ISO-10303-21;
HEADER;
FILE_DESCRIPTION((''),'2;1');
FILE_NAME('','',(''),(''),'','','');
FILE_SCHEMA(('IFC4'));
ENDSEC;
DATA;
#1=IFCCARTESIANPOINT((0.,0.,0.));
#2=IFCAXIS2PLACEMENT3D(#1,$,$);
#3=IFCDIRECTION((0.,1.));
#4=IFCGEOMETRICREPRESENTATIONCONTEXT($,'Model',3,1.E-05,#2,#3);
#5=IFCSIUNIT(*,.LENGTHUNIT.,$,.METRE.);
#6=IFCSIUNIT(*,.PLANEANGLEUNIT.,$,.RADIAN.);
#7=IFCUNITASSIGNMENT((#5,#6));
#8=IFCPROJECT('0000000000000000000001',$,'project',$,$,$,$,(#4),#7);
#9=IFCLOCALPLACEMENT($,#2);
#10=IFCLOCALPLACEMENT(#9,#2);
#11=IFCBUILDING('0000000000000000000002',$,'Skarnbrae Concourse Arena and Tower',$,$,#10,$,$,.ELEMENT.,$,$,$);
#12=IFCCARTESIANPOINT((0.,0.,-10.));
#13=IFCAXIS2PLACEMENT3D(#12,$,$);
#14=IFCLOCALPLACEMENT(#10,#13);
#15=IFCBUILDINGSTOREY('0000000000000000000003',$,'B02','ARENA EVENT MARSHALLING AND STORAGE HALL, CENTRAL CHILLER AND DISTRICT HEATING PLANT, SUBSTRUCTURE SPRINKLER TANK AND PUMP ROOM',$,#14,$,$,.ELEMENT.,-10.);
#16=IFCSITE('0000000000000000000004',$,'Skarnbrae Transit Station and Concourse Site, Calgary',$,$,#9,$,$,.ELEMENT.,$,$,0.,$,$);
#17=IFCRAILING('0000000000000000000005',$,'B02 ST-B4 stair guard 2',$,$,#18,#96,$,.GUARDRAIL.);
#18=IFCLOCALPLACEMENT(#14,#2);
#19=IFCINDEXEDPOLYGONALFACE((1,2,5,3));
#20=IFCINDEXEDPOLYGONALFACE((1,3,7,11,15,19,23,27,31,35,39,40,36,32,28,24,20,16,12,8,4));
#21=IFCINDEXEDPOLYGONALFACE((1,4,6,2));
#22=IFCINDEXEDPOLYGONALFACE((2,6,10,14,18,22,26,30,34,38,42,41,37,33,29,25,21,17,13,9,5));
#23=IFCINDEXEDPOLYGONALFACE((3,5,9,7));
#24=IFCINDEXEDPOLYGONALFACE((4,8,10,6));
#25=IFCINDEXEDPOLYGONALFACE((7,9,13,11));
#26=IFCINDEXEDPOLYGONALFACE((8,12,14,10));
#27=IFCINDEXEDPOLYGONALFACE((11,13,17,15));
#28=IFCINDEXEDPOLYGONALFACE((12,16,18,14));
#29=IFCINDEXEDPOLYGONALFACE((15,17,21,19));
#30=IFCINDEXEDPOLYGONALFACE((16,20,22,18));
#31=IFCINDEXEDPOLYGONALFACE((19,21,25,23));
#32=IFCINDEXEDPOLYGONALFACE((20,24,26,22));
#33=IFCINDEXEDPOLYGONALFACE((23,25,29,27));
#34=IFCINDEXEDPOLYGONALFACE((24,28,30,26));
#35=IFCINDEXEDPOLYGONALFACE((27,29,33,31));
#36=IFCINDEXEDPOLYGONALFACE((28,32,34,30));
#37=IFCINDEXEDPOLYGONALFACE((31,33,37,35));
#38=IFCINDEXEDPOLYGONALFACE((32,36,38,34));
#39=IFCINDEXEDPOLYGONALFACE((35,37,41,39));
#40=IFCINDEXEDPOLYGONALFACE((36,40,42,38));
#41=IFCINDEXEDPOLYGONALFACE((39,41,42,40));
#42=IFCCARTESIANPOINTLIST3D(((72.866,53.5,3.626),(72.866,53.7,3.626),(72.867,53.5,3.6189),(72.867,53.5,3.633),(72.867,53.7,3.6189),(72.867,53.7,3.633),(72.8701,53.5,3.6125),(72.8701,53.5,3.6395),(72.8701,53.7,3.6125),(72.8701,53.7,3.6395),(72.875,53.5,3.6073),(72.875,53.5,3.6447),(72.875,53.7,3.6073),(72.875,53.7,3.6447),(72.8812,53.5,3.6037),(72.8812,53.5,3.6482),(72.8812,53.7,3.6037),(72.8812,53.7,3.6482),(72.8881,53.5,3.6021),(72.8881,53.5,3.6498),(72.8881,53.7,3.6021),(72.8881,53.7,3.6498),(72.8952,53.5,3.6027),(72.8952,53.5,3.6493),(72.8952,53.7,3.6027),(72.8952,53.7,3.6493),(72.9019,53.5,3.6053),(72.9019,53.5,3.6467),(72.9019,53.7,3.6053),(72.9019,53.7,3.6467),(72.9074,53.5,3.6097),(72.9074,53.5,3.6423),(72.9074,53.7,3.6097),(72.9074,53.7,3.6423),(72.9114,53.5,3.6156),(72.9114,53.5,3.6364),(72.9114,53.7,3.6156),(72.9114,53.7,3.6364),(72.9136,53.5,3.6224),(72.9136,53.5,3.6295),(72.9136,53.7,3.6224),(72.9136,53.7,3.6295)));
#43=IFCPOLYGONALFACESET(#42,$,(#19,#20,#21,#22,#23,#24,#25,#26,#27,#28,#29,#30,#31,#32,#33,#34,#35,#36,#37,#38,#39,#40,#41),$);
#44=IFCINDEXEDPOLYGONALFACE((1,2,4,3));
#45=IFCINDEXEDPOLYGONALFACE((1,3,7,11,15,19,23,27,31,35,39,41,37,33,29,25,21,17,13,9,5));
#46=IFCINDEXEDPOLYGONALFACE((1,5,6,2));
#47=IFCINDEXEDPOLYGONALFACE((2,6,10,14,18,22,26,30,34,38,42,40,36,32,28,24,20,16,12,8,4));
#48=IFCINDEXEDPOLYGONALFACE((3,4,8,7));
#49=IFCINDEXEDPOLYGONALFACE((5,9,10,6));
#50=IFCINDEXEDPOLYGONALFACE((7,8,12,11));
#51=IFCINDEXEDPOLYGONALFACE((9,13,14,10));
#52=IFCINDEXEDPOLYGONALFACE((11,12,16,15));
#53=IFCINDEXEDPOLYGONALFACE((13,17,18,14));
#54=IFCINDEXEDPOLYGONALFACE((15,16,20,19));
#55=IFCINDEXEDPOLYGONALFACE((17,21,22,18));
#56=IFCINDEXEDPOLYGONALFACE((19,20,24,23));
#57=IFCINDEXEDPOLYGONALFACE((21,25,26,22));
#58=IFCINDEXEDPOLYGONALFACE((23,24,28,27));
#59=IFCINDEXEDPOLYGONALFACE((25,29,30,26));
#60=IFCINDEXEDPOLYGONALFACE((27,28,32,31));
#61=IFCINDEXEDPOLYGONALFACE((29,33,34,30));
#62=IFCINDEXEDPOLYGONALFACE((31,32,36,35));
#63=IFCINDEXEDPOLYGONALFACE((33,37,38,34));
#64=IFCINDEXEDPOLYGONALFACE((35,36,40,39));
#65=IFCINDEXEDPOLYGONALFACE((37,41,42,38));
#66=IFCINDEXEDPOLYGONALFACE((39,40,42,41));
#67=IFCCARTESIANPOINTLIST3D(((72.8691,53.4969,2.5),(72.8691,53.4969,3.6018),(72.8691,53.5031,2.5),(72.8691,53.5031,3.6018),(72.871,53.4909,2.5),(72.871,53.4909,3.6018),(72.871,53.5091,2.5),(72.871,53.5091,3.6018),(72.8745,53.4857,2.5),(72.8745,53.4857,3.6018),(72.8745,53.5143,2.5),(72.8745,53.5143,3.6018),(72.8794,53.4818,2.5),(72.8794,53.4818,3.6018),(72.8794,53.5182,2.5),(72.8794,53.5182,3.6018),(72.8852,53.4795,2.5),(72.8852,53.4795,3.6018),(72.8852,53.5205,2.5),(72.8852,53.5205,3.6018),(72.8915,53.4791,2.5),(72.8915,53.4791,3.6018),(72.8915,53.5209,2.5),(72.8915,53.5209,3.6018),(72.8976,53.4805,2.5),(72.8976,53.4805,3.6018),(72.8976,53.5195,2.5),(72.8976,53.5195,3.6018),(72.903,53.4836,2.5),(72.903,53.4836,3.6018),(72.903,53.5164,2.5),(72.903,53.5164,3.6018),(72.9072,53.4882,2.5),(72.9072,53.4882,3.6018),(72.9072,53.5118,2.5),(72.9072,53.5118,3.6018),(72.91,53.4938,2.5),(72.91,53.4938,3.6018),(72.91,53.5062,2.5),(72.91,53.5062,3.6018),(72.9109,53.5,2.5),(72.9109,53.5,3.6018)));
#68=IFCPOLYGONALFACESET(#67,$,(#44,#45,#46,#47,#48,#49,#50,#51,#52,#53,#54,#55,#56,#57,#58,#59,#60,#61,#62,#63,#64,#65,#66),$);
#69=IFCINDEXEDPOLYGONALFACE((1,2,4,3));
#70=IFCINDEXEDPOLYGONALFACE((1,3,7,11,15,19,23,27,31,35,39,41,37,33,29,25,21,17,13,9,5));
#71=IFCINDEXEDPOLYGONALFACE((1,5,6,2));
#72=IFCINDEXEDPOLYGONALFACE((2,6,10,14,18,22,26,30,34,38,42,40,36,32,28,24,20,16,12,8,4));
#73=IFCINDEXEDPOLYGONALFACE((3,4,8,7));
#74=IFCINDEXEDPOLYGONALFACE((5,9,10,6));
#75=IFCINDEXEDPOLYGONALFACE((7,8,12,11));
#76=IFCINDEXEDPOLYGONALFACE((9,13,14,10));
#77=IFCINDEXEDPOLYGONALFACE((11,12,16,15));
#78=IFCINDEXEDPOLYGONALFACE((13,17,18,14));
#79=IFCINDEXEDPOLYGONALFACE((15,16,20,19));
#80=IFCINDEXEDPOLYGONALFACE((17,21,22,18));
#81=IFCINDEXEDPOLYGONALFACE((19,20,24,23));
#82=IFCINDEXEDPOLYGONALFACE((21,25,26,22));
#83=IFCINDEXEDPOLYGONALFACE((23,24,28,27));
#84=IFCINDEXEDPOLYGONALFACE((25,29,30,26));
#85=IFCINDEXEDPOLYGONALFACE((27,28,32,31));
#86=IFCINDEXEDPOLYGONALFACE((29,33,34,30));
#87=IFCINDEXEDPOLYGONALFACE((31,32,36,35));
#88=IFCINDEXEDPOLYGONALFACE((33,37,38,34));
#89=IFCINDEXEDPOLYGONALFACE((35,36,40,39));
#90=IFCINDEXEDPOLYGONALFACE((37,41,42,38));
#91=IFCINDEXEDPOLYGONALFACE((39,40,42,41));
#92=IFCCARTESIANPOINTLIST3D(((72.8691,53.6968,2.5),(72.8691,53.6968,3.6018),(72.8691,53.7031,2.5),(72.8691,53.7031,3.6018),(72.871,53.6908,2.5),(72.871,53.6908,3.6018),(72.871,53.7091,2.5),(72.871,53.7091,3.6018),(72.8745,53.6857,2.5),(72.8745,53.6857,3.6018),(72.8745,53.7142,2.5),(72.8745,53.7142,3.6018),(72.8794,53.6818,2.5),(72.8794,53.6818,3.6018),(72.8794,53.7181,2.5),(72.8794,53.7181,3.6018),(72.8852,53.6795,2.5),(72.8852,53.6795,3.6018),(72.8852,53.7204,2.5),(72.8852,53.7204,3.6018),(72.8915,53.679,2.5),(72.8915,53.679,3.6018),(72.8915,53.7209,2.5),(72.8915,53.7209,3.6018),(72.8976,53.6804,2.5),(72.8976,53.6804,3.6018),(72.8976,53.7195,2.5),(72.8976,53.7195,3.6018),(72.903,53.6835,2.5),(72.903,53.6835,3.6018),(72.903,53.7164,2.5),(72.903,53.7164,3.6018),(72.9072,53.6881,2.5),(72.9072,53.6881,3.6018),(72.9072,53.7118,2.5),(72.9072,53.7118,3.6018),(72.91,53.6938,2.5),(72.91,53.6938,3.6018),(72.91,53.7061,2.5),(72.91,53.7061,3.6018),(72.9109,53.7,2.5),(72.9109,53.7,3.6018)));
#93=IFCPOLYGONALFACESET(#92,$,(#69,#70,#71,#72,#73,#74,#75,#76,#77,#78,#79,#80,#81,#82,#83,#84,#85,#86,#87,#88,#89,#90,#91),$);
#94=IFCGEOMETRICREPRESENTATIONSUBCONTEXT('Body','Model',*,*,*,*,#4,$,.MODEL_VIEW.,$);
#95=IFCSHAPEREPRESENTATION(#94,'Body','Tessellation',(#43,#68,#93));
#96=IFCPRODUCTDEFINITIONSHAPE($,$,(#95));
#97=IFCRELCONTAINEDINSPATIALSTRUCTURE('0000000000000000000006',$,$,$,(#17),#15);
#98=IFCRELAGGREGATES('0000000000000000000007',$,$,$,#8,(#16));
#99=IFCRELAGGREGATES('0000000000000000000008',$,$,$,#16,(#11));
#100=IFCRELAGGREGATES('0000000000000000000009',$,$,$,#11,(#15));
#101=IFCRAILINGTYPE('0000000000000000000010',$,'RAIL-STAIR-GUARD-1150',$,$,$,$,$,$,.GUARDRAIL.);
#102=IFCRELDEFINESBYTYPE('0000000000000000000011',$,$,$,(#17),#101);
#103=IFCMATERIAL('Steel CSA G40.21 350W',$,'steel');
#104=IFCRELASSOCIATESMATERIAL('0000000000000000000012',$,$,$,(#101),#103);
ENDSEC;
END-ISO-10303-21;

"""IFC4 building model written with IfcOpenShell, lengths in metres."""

from ifc_helpers import new_model, si_unit, direction, frame, origin, origin_2d, place, context, subcontext, project, spatial, circle, extrude, material, type_object, element, save


model = new_model("IFC4")

# Units and contexts
model_context = context("Model", 3, precision=1e-05, world=origin(), true_north=direction((0.0, 1.0)))
body_context = subcontext(model_context, "Body", "Model", "MODEL_VIEW")
ifc_project = project(units=[si_unit("LENGTHUNIT", "METRE"), si_unit("PLANEANGLEUNIT", "RADIAN")], contexts=[model_context])

# Site, building, storey
site_placement = place(None, origin())
site = spatial("IfcSite", under=ifc_project, at=site_placement, Name="Skarnbrae Transit Station and Concourse Site, Calgary", CompositionType="ELEMENT", RefElevation=0.0)
building_placement = place(site_placement, origin())
building = spatial("IfcBuilding", under=site, at=building_placement, Name="Skarnbrae Concourse Arena and Tower", CompositionType="ELEMENT")
storey_placement = place(building_placement, frame((0.0, 0.0, -10.0)))
storey = spatial("IfcBuildingStorey", under=building, at=storey_placement, Name="B02", Description="ARENA EVENT MARSHALLING AND STORAGE HALL, CENTRAL CHILLER AND DISTRICT HEATING PLANT, SUBSTRUCTURE SPRINKLER TANK AND PUMP ROOM", CompositionType="ELEMENT", Elevation=-10.0)

# Shared definitions
ifc_material_1 = material(Name="Steel CSA G40.21 350W", Category="steel")

# Railing
railing_type_1 = type_object("IfcRailingType", Name="RAIL-STAIR-GUARD-1150", PredefinedType="GUARDRAIL", material=ifc_material_1)
railing_1_placement = place(storey_placement, frame((72.8899, 53.5, 2.5)))
element("IfcRailing", 1, at=railing_1_placement, inside=storey, type_object=railing_type_1, Name="B02 ST-B4 stair guard 2", PredefinedType="GUARDRAIL", context=body_context, shape_type="SweptSolid", body=[
    extrude(circle(Radius=0.0239, at=origin_2d()), frame((0.0, 0.0, 1.126), z_axis=(0.0, 1.0, 0.0), x_axis=(-1.0, 0.0, 0.0)), (0.0, 0.0, 1.0), 0.2),
    extrude(circle(Radius=0.021, at=origin_2d()), origin(), (0.0, 0.0, 1.0), 1.1018),
    extrude(circle(Radius=0.021, at=origin_2d()), frame((0.0, 0.2, 0.0)), (0.0, 0.0, 1.0), 1.1018),
])

save(model, "model.ifc")
